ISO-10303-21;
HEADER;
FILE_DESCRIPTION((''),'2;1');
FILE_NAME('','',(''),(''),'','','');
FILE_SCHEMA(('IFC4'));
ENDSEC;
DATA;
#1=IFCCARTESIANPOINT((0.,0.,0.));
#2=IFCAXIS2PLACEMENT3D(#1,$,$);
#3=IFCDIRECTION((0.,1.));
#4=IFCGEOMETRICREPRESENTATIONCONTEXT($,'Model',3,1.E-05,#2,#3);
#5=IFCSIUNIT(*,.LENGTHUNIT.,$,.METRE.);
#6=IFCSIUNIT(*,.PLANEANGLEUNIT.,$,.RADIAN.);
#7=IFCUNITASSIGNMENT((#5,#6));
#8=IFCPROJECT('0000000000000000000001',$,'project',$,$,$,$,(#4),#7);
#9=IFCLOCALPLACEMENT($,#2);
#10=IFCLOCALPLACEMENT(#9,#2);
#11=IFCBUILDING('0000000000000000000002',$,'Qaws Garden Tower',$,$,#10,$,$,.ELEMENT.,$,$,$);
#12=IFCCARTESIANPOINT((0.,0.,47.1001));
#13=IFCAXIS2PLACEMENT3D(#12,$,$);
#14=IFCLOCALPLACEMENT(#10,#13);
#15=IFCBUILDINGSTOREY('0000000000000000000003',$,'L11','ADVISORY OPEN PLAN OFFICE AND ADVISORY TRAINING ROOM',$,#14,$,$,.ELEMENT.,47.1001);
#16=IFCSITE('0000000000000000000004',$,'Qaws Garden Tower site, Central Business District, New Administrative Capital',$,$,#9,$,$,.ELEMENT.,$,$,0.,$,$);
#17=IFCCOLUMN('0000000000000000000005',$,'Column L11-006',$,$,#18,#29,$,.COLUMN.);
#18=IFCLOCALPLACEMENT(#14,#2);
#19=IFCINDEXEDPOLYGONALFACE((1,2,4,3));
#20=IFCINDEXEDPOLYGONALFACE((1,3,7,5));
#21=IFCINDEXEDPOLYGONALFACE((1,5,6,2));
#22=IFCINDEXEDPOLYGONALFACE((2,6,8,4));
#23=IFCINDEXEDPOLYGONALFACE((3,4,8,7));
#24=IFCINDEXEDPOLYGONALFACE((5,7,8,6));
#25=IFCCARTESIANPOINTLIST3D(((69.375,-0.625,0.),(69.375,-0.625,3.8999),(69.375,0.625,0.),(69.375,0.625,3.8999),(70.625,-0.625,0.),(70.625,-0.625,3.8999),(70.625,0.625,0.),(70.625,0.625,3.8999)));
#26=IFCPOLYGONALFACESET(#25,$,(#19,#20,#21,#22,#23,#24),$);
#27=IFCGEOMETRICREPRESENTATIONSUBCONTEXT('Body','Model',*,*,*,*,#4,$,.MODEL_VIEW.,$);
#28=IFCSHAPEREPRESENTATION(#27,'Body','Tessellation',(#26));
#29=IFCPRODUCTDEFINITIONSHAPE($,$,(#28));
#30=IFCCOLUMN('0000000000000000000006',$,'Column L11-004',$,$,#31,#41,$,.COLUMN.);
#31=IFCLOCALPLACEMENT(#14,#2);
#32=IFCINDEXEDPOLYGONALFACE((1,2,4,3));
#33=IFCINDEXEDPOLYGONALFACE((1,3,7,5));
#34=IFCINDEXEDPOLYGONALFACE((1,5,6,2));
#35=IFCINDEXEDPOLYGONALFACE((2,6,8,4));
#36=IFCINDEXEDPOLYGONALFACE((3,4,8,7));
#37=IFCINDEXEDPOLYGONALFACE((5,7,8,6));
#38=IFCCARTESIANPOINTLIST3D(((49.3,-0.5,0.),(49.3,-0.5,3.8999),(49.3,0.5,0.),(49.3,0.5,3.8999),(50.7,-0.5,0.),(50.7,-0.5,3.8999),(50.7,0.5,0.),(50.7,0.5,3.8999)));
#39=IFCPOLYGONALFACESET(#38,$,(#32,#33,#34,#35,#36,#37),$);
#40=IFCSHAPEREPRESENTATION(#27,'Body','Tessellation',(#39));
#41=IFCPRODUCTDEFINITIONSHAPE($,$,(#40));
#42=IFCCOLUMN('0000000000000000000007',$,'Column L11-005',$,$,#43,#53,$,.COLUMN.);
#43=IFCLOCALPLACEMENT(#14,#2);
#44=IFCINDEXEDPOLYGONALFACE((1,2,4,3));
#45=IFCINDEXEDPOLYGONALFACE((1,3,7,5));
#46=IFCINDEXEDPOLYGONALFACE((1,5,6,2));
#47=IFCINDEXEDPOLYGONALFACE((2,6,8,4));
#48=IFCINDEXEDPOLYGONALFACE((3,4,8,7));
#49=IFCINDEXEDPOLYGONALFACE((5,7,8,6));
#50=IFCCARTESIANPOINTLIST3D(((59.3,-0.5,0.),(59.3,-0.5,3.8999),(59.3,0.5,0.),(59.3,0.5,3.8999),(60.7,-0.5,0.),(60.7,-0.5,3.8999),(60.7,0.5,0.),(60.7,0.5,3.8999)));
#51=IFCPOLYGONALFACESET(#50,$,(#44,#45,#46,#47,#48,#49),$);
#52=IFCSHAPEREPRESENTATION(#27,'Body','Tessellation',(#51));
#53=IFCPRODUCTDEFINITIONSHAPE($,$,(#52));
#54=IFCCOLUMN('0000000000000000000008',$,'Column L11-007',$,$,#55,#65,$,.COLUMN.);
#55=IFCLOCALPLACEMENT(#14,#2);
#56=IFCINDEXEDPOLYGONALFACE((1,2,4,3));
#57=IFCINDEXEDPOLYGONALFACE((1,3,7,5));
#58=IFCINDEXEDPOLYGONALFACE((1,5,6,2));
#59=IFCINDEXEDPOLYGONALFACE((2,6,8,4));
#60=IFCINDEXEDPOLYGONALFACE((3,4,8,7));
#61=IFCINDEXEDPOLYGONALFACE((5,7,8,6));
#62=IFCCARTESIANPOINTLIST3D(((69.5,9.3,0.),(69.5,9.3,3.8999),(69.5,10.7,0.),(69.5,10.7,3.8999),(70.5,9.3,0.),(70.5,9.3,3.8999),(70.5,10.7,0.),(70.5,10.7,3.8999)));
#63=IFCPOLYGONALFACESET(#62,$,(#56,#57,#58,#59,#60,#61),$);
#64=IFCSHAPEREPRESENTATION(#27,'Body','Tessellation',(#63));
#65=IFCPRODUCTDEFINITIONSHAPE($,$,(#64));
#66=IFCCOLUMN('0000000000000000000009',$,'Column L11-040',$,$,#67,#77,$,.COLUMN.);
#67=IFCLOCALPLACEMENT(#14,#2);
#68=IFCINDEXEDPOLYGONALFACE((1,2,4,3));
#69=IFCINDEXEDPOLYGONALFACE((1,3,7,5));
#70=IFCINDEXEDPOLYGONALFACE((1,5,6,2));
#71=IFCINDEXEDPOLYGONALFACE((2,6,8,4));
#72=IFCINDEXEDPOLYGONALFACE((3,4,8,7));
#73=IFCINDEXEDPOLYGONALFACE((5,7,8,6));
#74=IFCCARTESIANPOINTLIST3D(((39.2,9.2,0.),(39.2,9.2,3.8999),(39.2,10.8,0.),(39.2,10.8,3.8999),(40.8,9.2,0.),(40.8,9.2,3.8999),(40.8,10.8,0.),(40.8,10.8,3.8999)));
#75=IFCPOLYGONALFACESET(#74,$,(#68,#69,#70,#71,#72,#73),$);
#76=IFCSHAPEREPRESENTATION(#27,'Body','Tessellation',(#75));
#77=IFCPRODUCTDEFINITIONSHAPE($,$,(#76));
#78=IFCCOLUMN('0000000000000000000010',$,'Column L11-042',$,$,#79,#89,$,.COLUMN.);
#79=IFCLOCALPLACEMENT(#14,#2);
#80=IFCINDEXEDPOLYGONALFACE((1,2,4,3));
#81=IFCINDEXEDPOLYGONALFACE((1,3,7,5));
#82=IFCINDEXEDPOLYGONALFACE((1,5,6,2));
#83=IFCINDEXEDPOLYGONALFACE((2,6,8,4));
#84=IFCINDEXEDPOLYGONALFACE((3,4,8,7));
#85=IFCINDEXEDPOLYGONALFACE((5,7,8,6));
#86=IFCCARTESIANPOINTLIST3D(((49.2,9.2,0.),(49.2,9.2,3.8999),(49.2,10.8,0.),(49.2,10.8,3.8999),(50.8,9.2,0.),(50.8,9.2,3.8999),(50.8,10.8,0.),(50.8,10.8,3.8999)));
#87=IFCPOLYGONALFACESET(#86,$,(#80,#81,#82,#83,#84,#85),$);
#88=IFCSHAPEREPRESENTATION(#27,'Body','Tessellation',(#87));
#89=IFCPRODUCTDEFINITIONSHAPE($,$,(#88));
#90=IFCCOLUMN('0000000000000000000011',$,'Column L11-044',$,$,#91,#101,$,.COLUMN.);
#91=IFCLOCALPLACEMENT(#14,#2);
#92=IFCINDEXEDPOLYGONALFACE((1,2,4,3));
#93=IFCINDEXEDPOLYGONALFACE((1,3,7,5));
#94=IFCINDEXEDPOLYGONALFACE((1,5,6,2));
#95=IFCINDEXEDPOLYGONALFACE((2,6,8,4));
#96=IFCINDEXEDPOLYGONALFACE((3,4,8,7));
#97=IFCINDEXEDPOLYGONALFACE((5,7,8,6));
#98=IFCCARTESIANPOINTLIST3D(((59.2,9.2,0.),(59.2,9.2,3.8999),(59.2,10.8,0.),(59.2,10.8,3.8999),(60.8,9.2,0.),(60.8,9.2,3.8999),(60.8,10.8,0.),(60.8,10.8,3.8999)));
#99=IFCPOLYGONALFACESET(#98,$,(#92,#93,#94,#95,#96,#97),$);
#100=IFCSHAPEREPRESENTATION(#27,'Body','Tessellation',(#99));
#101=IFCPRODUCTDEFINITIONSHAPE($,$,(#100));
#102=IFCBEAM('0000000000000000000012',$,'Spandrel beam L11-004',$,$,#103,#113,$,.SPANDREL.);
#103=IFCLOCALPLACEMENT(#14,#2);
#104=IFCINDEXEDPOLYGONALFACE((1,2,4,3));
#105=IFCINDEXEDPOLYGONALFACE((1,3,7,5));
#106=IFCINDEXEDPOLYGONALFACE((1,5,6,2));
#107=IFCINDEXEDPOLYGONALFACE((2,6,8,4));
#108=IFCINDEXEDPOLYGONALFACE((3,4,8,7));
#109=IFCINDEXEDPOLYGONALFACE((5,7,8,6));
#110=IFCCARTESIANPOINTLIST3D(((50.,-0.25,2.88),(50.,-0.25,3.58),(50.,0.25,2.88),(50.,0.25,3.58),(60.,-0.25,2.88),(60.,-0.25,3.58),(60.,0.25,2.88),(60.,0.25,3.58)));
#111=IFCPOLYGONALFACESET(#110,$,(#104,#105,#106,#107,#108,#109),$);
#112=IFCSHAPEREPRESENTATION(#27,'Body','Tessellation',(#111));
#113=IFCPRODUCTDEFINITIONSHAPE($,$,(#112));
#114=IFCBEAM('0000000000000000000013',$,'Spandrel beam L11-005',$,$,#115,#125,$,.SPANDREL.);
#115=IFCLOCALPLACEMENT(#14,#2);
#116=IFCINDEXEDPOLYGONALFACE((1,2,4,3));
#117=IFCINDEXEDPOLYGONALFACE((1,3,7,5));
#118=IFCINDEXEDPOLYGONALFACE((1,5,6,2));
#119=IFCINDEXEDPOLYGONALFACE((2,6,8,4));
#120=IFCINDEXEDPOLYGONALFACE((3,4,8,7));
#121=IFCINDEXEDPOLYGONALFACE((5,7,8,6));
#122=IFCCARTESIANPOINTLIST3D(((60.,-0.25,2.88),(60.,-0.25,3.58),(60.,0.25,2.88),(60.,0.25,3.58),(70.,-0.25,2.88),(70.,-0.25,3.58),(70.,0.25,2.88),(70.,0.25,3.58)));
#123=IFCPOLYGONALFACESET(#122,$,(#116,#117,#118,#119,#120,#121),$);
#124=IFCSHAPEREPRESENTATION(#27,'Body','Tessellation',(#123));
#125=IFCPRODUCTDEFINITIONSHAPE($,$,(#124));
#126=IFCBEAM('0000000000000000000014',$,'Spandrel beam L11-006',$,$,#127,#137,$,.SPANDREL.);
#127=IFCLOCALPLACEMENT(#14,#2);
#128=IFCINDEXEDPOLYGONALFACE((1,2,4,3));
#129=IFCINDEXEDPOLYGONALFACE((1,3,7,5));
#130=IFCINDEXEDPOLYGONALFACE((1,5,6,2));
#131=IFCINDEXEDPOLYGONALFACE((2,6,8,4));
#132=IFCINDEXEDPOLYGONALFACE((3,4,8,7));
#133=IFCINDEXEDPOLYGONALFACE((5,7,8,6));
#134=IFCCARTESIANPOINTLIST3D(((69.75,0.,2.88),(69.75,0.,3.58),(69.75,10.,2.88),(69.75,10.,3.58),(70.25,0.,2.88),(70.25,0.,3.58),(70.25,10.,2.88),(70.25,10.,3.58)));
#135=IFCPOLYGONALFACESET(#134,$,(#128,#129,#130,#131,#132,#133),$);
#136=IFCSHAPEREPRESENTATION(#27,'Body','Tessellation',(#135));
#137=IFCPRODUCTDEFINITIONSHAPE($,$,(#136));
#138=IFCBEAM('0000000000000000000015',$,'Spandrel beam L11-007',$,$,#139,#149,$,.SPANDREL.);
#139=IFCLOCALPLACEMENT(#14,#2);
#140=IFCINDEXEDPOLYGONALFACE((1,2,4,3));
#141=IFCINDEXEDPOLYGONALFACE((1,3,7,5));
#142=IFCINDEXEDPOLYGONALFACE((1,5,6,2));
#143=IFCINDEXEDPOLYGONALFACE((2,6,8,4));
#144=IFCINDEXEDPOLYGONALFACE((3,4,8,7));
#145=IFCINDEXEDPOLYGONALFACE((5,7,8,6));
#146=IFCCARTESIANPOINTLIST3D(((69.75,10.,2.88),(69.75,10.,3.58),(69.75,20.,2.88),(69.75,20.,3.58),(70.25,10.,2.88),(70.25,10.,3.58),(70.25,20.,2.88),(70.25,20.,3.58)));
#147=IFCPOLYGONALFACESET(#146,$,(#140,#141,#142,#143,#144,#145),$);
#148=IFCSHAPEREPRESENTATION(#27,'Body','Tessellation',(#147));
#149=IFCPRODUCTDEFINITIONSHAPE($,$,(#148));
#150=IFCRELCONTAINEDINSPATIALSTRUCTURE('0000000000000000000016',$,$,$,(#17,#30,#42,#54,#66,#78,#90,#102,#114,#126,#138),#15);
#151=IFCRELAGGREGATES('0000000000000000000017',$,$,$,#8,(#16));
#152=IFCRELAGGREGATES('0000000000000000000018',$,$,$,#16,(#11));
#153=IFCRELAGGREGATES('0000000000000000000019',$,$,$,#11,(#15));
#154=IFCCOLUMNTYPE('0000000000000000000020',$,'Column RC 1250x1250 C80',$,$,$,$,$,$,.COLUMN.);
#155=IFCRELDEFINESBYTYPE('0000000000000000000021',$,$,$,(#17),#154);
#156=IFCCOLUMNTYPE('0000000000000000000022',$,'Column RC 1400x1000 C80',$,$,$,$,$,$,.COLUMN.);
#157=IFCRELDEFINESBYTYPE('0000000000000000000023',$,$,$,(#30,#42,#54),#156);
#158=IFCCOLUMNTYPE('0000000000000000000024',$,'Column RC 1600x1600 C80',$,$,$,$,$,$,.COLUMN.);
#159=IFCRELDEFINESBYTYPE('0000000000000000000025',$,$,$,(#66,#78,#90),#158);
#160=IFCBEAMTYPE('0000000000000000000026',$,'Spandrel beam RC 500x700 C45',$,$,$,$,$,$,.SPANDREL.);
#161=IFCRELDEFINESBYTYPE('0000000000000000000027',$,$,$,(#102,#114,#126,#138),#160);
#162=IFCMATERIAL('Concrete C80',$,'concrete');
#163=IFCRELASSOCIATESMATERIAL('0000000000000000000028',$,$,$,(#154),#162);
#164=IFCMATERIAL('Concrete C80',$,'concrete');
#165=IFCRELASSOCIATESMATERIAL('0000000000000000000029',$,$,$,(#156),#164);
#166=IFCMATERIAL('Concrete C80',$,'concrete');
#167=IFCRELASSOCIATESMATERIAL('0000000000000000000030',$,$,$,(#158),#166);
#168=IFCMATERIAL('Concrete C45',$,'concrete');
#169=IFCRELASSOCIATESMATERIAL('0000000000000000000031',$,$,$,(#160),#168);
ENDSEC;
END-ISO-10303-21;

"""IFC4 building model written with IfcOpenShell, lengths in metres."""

from ifc_helpers import new_model, si_unit, direction, frame, origin, origin_2d, place, context, subcontext, project, spatial, rectangle, extrude, material, material_profile, profile_set, type_object, element, save


model = new_model("IFC4")

# Units and contexts
model_context = context("Model", 3, precision=1e-05, world=origin(), true_north=direction((0.0, 1.0)))
body_context = subcontext(model_context, "Body", "Model", "MODEL_VIEW")
ifc_project = project(units=[si_unit("LENGTHUNIT", "METRE"), si_unit("PLANEANGLEUNIT", "RADIAN")], contexts=[model_context])

# Site, building, storey
site_placement = place(None, origin())
site = spatial("IfcSite", under=ifc_project, at=site_placement, Name="Qaws Garden Tower site, Central Business District, New Administrative Capital", CompositionType="ELEMENT", RefElevation=0.0)
building_placement = place(site_placement, origin())
building = spatial("IfcBuilding", under=site, at=building_placement, Name="Qaws Garden Tower", CompositionType="ELEMENT")
storey_placement = place(building_placement, frame((0.0, 0.0, 47.1001)))
storey = spatial("IfcBuildingStorey", under=building, at=storey_placement, Name="L11", Description="ADVISORY OPEN PLAN OFFICE AND ADVISORY TRAINING ROOM", CompositionType="ELEMENT", Elevation=47.1001)

# Columns
ifc_material_1 = material(Name="Concrete C80", Category="concrete")
ifc_material_profile_1 = material_profile(ifc_material_1, rectangle(XDim=1.25, YDim=1.25, at=origin_2d()), Name="RC 1250x1250")
ifc_profile_set_1 = profile_set([ifc_material_profile_1], Name="Concrete C80")
column_type_1 = type_object("IfcColumnType", Name="Column RC 1250x1250 C80", PredefinedType="COLUMN", material=ifc_profile_set_1)
column_placement = place(storey_placement, frame((70.0, 0.0, 0.0), z_axis=(0.0, 0.0, 1.0), x_axis=(1.0, 0.0, 0.0)))
element("IfcColumn", 1, at=column_placement, inside=storey, type_object=column_type_1, Name="Column L11-006", PredefinedType="COLUMN", context=body_context, shape_type="SweptSolid", body=[
    extrude(rectangle(XDim=1.25, YDim=1.25, at=origin_2d()), origin(), (0.0, 0.0, 1.0), 3.8999),
])
ifc_material_2 = material(Name="Concrete C80", Category="concrete")
ifc_material_profile_2 = material_profile(ifc_material_2, rectangle(XDim=1.3999, YDim=1.0, at=origin_2d()), Name="RC 1400x1000")
ifc_profile_set_2 = profile_set([ifc_material_profile_2], Name="Concrete C80")
column_type_2 = type_object("IfcColumnType", Name="Column RC 1400x1000 C80", PredefinedType="COLUMN", material=ifc_profile_set_2)
for number, where, z_axis, x_axis, name in (
    (2, (50.0, 0.0, 0.0), (0.0, 0.0, 1.0), (1.0, 0.0, 0.0), "Column L11-004"),
    (3, (60.0, 0.0, 0.0), (0.0, 0.0, 1.0), (1.0, 0.0, 0.0), "Column L11-005"),
    (4, (70.0, 10.0, 0.0), (0.0, 0.0, 1.0), (0.0, 1.0, 0.0), "Column L11-007"),
):
    element("IfcColumn", number, at=place(storey_placement, frame(where, z_axis=z_axis, x_axis=x_axis)), inside=storey, type_object=column_type_2, Name=name, PredefinedType="COLUMN", context=body_context, shape_type="SweptSolid", body=[
        extrude(rectangle(XDim=1.3999, YDim=1.0, at=origin_2d()), origin(), (0.0, 0.0, 1.0), 3.8999),
    ])
ifc_material_3 = material(Name="Concrete C80", Category="concrete")
ifc_material_profile_3 = material_profile(ifc_material_3, rectangle(XDim=1.6001, YDim=1.6001, at=origin_2d()), Name="RC 1600x1600")
ifc_profile_set_3 = profile_set([ifc_material_profile_3], Name="Concrete C80")
column_type_3 = type_object("IfcColumnType", Name="Column RC 1600x1600 C80", PredefinedType="COLUMN", material=ifc_profile_set_3)
for number, where, z_axis, x_axis, name in (
    (5, (40.0, 10.0, 0.0), (0.0, 0.0, 1.0), (1.0, 0.0, 0.0), "Column L11-040"),
    (6, (50.0, 10.0, 0.0), (0.0, 0.0, 1.0), (1.0, 0.0, 0.0), "Column L11-042"),
    (7, (60.0, 10.0, 0.0), (0.0, 0.0, 1.0), (1.0, 0.0, 0.0), "Column L11-044"),
):
    element("IfcColumn", number, at=place(storey_placement, frame(where, z_axis=z_axis, x_axis=x_axis)), inside=storey, type_object=column_type_3, Name=name, PredefinedType="COLUMN", context=body_context, shape_type="SweptSolid", body=[
        extrude(rectangle(XDim=1.6001, YDim=1.6001, at=origin_2d()), origin(), (0.0, 0.0, 1.0), 3.8999),
    ])

# Beams
ifc_material_4 = material(Name="Concrete C45", Category="concrete")
ifc_material_profile_4 = material_profile(ifc_material_4, rectangle(XDim=0.5, YDim=0.7, at=origin_2d()), Name="RC 500x700")
ifc_profile_set_4 = profile_set([ifc_material_profile_4], Name="Concrete C45")
beam_type = type_object("IfcBeamType", Name="Spandrel beam RC 500x700 C45", PredefinedType="SPANDREL", material=ifc_profile_set_4)
for number, where, z_axis, x_axis, name in (
    (8, (50.0, 0.0, 3.23), (1.0, 0.0, 0.0), (0.0, 1.0, 0.0), "Spandrel beam L11-004"),
    (9, (60.0, 0.0, 3.23), (1.0, 0.0, 0.0), (0.0, 1.0, 0.0), "Spandrel beam L11-005"),
    (10, (70.0, 0.0, 3.23), (0.0, 1.0, 0.0), (-1.0, 0.0, 0.0), "Spandrel beam L11-006"),
    (11, (70.0, 10.0, 3.23), (0.0, 1.0, 0.0), (-1.0, 0.0, 0.0), "Spandrel beam L11-007"),
):
    element("IfcBeam", number, at=place(storey_placement, frame(where, z_axis=z_axis, x_axis=x_axis)), inside=storey, type_object=beam_type, Name=name, PredefinedType="SPANDREL", context=body_context, shape_type="SweptSolid", body=[
        extrude(rectangle(XDim=0.5, YDim=0.7, at=origin_2d()), origin(), (0.0, 0.0, 1.0), 10.0),
    ])

save(model, "model.ifc")
